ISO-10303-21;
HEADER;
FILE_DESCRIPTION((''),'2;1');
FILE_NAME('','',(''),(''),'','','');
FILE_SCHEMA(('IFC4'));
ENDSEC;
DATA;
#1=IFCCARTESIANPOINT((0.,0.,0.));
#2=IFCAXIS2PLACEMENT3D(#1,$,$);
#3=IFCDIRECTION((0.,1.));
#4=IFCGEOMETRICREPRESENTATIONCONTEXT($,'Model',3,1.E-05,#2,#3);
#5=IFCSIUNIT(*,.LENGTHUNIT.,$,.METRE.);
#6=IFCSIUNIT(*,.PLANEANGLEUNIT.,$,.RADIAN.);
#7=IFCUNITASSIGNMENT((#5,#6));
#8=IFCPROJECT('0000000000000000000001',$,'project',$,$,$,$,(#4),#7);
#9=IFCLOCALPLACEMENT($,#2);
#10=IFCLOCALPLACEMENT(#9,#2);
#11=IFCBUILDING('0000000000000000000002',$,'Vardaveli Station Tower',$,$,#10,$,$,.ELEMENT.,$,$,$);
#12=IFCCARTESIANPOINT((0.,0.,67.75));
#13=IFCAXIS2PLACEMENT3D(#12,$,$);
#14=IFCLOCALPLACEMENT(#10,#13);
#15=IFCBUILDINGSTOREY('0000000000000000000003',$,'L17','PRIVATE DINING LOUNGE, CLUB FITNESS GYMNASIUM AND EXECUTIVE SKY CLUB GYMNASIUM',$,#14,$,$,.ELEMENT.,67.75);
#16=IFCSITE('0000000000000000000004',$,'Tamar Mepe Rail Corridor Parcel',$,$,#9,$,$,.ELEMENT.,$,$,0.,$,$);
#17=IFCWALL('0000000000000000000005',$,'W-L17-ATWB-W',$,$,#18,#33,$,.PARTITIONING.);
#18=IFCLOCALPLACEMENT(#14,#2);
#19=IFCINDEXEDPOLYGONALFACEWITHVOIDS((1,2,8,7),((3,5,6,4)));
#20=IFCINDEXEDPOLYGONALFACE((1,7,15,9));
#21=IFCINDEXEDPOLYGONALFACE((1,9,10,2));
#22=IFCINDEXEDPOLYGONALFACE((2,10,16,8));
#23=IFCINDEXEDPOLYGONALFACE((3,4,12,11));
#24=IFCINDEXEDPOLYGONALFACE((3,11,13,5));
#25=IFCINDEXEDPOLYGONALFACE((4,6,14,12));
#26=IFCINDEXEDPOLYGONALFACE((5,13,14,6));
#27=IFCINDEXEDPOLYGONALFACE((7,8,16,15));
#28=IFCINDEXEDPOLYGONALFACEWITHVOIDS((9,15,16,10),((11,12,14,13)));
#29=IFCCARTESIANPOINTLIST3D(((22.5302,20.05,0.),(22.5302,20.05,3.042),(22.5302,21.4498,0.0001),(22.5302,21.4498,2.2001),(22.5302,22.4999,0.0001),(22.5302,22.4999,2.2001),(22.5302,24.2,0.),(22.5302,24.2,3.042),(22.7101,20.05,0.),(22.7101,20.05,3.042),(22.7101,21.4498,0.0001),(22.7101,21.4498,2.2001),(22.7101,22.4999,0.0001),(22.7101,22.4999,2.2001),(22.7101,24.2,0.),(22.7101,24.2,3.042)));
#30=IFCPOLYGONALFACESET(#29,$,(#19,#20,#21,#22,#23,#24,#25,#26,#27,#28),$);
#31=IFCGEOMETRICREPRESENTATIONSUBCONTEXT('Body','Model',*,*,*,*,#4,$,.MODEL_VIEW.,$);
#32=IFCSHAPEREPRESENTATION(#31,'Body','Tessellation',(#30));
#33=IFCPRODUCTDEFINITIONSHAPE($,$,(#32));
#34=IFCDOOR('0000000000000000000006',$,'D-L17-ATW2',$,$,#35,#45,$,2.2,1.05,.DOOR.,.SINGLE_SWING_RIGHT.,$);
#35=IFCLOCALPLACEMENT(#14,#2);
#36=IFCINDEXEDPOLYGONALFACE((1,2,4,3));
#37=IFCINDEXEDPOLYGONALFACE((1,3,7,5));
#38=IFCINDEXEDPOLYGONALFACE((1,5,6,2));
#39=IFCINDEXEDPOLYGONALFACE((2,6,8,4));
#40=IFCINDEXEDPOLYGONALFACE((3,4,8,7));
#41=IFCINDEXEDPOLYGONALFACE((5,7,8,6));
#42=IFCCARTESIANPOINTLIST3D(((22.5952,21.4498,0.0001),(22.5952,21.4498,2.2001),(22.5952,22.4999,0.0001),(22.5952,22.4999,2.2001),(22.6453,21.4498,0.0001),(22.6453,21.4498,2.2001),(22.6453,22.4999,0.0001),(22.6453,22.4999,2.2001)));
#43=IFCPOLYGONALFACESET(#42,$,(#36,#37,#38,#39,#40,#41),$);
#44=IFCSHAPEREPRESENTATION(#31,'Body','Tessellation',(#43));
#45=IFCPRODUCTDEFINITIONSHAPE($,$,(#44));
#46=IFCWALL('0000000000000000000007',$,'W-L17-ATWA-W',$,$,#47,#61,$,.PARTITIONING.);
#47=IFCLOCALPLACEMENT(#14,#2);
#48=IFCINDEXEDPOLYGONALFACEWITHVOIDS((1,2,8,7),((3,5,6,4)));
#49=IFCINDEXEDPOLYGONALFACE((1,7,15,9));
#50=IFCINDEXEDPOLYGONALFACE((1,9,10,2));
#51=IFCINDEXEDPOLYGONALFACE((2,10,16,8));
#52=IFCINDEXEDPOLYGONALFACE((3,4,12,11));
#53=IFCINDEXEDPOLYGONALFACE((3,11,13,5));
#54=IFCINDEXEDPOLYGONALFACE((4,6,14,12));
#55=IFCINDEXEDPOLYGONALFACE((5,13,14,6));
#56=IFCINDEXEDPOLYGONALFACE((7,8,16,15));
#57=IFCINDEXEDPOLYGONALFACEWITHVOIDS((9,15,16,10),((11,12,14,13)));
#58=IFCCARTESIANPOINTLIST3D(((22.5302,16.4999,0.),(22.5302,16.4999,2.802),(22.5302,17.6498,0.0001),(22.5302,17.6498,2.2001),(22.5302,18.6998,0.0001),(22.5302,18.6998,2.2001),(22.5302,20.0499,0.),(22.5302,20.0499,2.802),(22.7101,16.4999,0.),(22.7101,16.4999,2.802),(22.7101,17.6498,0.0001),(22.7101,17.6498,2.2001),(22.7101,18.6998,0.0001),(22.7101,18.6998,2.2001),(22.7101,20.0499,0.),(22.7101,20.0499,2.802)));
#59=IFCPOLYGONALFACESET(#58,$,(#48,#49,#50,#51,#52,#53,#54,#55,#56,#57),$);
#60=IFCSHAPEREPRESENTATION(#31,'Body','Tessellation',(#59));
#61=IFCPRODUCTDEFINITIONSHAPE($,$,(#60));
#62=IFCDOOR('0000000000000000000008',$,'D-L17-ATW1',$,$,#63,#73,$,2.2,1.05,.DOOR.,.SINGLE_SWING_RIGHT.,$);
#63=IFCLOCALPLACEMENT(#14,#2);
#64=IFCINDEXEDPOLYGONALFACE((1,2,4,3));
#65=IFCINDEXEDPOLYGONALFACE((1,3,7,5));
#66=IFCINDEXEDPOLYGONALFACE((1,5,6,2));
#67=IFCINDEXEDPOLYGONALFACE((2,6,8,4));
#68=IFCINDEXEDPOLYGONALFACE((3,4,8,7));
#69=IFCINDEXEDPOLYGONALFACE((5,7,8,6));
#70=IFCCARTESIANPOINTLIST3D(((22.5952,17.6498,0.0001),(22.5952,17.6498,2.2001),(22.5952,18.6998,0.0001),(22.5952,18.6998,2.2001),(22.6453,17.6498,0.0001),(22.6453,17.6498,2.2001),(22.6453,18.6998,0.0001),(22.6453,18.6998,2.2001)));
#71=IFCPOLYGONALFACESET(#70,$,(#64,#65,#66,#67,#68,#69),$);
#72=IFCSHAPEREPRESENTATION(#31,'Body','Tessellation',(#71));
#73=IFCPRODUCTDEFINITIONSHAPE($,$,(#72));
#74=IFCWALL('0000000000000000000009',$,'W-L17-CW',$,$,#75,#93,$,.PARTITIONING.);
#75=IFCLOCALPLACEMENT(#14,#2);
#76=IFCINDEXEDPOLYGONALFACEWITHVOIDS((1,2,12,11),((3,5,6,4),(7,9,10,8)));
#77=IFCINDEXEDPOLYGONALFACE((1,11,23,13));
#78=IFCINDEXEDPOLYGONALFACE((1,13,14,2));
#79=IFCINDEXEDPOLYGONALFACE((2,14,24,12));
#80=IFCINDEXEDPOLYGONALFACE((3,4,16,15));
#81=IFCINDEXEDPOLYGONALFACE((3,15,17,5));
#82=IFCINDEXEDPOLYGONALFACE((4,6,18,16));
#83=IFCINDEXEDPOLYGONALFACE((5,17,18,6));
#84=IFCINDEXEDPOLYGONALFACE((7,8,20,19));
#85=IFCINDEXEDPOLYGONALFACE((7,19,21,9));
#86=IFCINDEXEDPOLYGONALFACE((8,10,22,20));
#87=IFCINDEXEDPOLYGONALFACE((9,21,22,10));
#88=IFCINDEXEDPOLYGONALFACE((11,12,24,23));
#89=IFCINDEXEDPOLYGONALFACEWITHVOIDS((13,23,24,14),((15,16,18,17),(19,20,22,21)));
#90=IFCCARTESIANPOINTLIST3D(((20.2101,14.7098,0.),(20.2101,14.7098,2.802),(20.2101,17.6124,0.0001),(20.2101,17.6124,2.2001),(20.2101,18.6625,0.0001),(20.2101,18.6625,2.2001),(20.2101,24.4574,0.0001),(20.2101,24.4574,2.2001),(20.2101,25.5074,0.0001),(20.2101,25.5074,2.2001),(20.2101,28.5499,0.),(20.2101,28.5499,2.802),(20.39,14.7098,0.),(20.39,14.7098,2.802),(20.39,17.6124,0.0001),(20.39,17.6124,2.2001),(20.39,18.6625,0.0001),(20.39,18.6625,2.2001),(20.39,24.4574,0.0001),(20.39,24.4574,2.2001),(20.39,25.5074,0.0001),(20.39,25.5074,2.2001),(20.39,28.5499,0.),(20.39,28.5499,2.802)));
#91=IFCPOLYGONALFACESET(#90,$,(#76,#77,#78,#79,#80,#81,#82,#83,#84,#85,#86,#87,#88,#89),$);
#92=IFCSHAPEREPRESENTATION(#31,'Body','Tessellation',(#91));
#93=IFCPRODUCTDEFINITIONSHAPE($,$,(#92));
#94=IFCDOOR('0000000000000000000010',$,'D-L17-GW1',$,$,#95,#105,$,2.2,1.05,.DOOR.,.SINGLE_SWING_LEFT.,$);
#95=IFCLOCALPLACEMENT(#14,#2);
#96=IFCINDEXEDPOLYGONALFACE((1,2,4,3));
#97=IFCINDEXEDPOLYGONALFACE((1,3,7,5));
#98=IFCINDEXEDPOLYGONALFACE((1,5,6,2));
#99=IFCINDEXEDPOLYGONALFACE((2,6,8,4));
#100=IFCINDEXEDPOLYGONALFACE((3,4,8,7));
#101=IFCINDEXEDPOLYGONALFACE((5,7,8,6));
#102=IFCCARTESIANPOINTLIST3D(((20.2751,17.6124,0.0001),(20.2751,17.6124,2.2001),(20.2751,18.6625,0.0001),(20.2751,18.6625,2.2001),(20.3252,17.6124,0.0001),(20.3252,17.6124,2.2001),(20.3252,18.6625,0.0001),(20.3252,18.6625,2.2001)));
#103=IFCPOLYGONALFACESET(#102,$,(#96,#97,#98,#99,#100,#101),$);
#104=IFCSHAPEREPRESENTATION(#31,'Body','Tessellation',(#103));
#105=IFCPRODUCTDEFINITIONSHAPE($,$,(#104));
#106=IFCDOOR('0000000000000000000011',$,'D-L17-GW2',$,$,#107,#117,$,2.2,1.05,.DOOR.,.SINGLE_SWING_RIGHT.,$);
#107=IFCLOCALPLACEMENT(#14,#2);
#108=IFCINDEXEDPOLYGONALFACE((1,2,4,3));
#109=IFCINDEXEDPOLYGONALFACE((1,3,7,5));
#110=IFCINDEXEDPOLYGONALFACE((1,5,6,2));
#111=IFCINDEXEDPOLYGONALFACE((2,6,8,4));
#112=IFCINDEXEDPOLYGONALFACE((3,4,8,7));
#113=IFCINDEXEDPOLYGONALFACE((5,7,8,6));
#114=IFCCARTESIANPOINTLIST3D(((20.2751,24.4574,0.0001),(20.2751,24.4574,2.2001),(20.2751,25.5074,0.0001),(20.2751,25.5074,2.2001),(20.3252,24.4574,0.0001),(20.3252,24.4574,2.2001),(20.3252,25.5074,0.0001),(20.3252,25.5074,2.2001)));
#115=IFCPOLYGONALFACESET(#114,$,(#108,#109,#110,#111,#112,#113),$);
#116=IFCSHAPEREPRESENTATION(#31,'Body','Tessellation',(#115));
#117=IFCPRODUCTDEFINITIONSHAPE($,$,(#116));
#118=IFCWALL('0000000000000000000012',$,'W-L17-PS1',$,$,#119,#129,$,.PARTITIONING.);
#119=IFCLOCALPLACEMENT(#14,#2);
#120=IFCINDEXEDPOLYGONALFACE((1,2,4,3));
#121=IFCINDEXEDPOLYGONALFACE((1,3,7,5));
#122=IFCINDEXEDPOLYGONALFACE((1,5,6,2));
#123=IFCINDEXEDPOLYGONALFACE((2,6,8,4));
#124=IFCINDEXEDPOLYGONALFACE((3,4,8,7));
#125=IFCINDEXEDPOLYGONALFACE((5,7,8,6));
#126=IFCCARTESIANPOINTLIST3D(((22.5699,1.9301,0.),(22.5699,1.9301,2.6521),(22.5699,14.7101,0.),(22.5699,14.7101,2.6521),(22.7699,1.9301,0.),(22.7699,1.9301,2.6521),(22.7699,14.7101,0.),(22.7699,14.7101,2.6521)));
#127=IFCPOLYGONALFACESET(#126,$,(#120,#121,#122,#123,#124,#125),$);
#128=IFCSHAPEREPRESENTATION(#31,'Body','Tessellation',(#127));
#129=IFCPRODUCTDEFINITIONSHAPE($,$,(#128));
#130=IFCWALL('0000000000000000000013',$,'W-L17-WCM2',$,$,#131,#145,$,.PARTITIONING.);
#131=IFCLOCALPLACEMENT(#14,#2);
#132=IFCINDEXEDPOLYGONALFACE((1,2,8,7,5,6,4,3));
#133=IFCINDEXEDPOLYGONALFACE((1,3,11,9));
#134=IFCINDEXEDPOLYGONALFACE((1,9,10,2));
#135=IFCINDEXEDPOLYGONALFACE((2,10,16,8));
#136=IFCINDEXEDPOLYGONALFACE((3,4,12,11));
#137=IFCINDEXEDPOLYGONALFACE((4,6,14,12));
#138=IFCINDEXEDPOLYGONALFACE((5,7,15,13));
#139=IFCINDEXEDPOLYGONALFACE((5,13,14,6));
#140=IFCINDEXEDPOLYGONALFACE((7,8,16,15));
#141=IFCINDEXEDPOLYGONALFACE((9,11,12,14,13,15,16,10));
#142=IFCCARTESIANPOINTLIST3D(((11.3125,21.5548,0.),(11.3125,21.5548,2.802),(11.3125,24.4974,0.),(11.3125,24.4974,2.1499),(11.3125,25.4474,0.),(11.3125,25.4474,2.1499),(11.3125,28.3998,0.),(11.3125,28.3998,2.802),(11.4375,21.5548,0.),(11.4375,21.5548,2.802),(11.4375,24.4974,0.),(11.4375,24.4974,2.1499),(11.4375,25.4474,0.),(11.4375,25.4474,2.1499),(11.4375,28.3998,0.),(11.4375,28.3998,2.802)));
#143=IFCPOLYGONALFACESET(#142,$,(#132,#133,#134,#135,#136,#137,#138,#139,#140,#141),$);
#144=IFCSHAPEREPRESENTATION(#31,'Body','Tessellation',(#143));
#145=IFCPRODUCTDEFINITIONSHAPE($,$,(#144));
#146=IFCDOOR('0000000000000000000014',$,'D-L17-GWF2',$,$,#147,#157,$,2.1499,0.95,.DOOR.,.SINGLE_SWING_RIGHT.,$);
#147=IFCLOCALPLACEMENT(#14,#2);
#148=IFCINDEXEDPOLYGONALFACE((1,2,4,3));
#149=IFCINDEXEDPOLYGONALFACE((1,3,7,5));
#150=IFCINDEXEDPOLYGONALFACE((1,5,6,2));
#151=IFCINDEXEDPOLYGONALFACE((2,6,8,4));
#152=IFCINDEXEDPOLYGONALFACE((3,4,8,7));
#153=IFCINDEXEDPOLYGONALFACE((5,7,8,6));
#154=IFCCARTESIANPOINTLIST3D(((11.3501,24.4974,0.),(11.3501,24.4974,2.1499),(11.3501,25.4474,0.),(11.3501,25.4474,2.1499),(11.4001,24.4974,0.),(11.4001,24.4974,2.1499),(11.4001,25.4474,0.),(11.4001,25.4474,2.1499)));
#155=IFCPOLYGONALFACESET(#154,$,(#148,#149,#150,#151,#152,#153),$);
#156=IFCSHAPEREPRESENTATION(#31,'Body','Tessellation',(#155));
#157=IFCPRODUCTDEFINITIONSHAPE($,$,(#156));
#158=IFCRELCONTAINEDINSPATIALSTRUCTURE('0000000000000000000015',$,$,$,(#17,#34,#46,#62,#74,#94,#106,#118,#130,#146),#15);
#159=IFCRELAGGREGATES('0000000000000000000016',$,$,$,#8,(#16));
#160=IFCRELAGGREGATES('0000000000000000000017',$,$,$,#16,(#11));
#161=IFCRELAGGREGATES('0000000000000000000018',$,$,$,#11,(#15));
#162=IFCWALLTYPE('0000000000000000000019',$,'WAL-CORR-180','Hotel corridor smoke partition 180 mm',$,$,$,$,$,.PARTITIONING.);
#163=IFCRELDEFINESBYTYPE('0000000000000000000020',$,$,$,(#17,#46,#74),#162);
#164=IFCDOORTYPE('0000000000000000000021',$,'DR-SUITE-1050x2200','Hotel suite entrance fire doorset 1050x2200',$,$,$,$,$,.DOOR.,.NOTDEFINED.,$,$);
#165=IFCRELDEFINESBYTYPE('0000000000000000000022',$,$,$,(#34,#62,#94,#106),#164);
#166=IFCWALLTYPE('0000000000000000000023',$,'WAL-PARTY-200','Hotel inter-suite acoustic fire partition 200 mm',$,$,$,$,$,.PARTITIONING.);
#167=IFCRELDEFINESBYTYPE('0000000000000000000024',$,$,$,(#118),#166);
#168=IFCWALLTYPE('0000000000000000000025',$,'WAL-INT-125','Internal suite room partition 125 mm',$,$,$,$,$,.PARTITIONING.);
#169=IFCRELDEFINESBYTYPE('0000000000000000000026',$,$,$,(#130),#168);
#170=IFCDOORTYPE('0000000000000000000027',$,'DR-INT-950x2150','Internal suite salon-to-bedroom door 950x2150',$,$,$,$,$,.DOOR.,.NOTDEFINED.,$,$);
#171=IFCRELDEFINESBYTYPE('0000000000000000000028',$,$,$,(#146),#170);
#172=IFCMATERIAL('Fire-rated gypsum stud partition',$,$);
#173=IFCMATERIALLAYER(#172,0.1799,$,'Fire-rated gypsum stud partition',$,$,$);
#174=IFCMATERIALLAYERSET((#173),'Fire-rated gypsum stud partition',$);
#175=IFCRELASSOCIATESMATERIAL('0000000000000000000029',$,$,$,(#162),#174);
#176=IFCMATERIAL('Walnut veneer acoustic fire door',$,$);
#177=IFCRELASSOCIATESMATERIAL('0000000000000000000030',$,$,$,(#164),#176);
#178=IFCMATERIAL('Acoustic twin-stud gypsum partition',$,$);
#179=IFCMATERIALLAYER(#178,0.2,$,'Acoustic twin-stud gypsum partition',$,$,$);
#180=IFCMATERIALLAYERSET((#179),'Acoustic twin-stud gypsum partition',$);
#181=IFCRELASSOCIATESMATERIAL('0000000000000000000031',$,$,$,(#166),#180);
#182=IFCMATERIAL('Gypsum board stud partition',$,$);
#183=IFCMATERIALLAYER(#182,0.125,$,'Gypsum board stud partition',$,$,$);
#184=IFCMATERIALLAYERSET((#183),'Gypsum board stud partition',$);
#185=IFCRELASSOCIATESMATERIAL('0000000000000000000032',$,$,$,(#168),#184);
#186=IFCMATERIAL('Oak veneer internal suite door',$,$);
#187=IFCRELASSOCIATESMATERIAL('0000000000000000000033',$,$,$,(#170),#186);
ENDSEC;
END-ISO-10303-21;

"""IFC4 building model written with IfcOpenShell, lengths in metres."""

from ifc_helpers import new_model, si_unit, direction, frame, frame_2d, origin, place, context, subcontext, project, spatial, rectangle, extrude, source, transform, mapped, material, layer, layer_set, type_object, element, fill, save


model = new_model("IFC4")

# Units and contexts
model_context = context("Model", 3, precision=1e-05, world=origin(), true_north=direction((0.0, 1.0)))
body_context = subcontext(model_context, "Body", "Model", "MODEL_VIEW")
ifc_project = project(units=[si_unit("LENGTHUNIT", "METRE"), si_unit("PLANEANGLEUNIT", "RADIAN")], contexts=[model_context])

# Site, building, storey
site_placement = place(None, origin())
site = spatial("IfcSite", under=ifc_project, at=site_placement, Name="Tamar Mepe Rail Corridor Parcel", CompositionType="ELEMENT", RefElevation=0.0)
building_placement = place(site_placement, origin())
building = spatial("IfcBuilding", under=site, at=building_placement, Name="Vardaveli Station Tower", CompositionType="ELEMENT")
storey_placement = place(building_placement, frame((0.0, 0.0, 67.75)))
storey = spatial("IfcBuildingStorey", under=building, at=storey_placement, Name="L17", Description="PRIVATE DINING LOUNGE, CLUB FITNESS GYMNASIUM AND EXECUTIVE SKY CLUB GYMNASIUM", CompositionType="ELEMENT", Elevation=67.75)

# Walls, openings, doors
ifc_material_1 = material(Name="Fire-rated gypsum stud partition")
ifc_layer_1 = layer(ifc_material_1, 0.1799, Name="Fire-rated gypsum stud partition")
ifc_layer_set_1 = layer_set([ifc_layer_1], Name="Fire-rated gypsum stud partition")
wall_type_1 = type_object("IfcWallType", Name="WAL-CORR-180", Description="Hotel corridor smoke partition 180 mm", PredefinedType="PARTITIONING", material=ifc_layer_set_1)
shared_shape_1 = source(origin(), body_context, "Body", "SweptSolid", [
    extrude(rectangle(XDim=4.1499, YDim=0.1799, at=frame_2d((2.075, 0.0))), origin(), (0.0, 0.0, 1.0), 3.042),
])
wall_1_placement = place(storey_placement, frame((22.6201, 20.05, 0.0), z_axis=(0.0, 0.0, 1.0), x_axis=(0.0, 1.0, 0.0)))
wall_1 = element("IfcWall", 1, at=wall_1_placement, inside=storey, type_object=wall_type_1, Name="W-L17-ATWB-W", PredefinedType="PARTITIONING", context=body_context, shape_type="MappedRepresentation", body=[
    mapped(shared_shape_1, transform((0.0, 0.0, 0.0), scale=1.0)),
])
shared_shape_2 = source(origin(), body_context, "Body", "SweptSolid", [
    extrude(rectangle(XDim=1.05, YDim=2.2, at=frame_2d((0.5249, 1.1001))), frame((0.0, 0.1001, 0.0), z_axis=(0.0, -1.0, 0.0), x_axis=(1.0, 0.0, 0.0)), (0.0, 0.0, 1.0), 0.2),
])
opening_1_placement = place(wall_1_placement, frame((1.3999, 0.0, 0.0)))
opening_1 = element("IfcOpeningElement", 2, at=opening_1_placement, cuts=wall_1, PredefinedType="OPENING", context=body_context, shape_type="MappedRepresentation", body=[
    mapped(shared_shape_2, transform((0.0, 0.0, 0.0), scale=1.0)),
])
ifc_material_2 = material(Name="Walnut veneer acoustic fire door")
door_type_1 = type_object("IfcDoorType", Name="DR-SUITE-1050x2200", Description="Hotel suite entrance fire doorset 1050x2200", OperationType="NOTDEFINED", PredefinedType="DOOR", material=ifc_material_2)
shared_shape_3 = source(origin(), body_context, "Body", "SweptSolid", [
    extrude(rectangle(XDim=1.05, YDim=2.2, at=frame_2d((0.5249, 1.1001))), frame((0.0, 0.0249, 0.0), z_axis=(0.0, -1.0, 0.0), x_axis=(1.0, 0.0, 0.0)), (0.0, 0.0, 1.0), 0.05),
])
door_1_placement = place(opening_1_placement, origin())
door_1 = element("IfcDoor", 3, at=door_1_placement, inside=storey, type_object=door_type_1, Name="D-L17-ATW2", OperationType="SINGLE_SWING_RIGHT", OverallHeight=2.2, OverallWidth=1.05, PredefinedType="DOOR", context=body_context, shape_type="MappedRepresentation", body=[
    mapped(shared_shape_3, transform((0.0, 0.0, 0.0), scale=1.0)),
])
fill(opening_1, door_1)
shared_shape_4 = source(origin(), body_context, "Body", "SweptSolid", [
    extrude(rectangle(XDim=3.55, YDim=0.1799, at=frame_2d((1.7749, 0.0))), origin(), (0.0, 0.0, 1.0), 2.802),
])
wall_2_placement = place(storey_placement, frame((22.6201, 16.5, 0.0), z_axis=(0.0, 0.0, 1.0), x_axis=(0.0, 1.0, 0.0)))
wall_2 = element("IfcWall", 4, at=wall_2_placement, inside=storey, type_object=wall_type_1, Name="W-L17-ATWA-W", PredefinedType="PARTITIONING", context=body_context, shape_type="MappedRepresentation", body=[
    mapped(shared_shape_4, transform((0.0, 0.0, 0.0), scale=1.0)),
])
opening_2_placement = place(wall_2_placement, frame((1.1499, 0.0, 0.0)))
opening_2 = element("IfcOpeningElement", 5, at=opening_2_placement, cuts=wall_2, PredefinedType="OPENING", context=body_context, shape_type="MappedRepresentation", body=[
    mapped(shared_shape_2, transform((0.0, 0.0, 0.0), scale=1.0)),
])
door_2_placement = place(opening_2_placement, origin())
door_2 = element("IfcDoor", 6, at=door_2_placement, inside=storey, type_object=door_type_1, Name="D-L17-ATW1", OperationType="SINGLE_SWING_RIGHT", OverallHeight=2.2, OverallWidth=1.05, PredefinedType="DOOR", context=body_context, shape_type="MappedRepresentation", body=[
    mapped(shared_shape_3, transform((0.0, 0.0, 0.0), scale=1.0)),
])
fill(opening_2, door_2)

# Wall, openings, doors
shared_shape_5 = source(origin(), body_context, "Body", "SweptSolid", [
    extrude(rectangle(XDim=13.8401, YDim=0.1799, at=frame_2d((6.9199, 0.0))), origin(), (0.0, 0.0, 1.0), 2.802),
])
wall_3_placement = place(storey_placement, frame((20.3, 14.71, 0.0), z_axis=(0.0, 0.0, 1.0), x_axis=(0.0, 1.0, 0.0)))
wall_3 = element("IfcWall", 7, at=wall_3_placement, inside=storey, type_object=wall_type_1, Name="W-L17-CW", PredefinedType="PARTITIONING", context=body_context, shape_type="MappedRepresentation", body=[
    mapped(shared_shape_5, transform((0.0, 0.0, 0.0), scale=1.0)),
])
opening_3_placement = place(wall_3_placement, frame((2.9026, 0.0, 0.0)))
opening_3 = element("IfcOpeningElement", 8, at=opening_3_placement, cuts=wall_3, PredefinedType="OPENING", context=body_context, shape_type="MappedRepresentation", body=[
    mapped(shared_shape_2, transform((0.0, 0.0, 0.0), scale=1.0)),
])
opening_4_placement = place(wall_3_placement, frame((9.7476, 0.0, 0.0)))
opening_4 = element("IfcOpeningElement", 9, at=opening_4_placement, cuts=wall_3, PredefinedType="OPENING", context=body_context, shape_type="MappedRepresentation", body=[
    mapped(shared_shape_2, transform((0.0, 0.0, 0.0), scale=1.0)),
])
door_3_placement = place(opening_3_placement, origin())
door_3 = element("IfcDoor", 10, at=door_3_placement, inside=storey, type_object=door_type_1, Name="D-L17-GW1", OperationType="SINGLE_SWING_LEFT", OverallHeight=2.2, OverallWidth=1.05, PredefinedType="DOOR", context=body_context, shape_type="MappedRepresentation", body=[
    mapped(shared_shape_3, transform((0.0, 0.0, 0.0), scale=1.0)),
])
fill(opening_3, door_3)
door_4_placement = place(opening_4_placement, origin())
door_4 = element("IfcDoor", 11, at=door_4_placement, inside=storey, type_object=door_type_1, Name="D-L17-GW2", OperationType="SINGLE_SWING_RIGHT", OverallHeight=2.2, OverallWidth=1.05, PredefinedType="DOOR", context=body_context, shape_type="MappedRepresentation", body=[
    mapped(shared_shape_3, transform((0.0, 0.0, 0.0), scale=1.0)),
])
fill(opening_4, door_4)

# Wall
ifc_material_3 = material(Name="Acoustic twin-stud gypsum partition")
ifc_layer_2 = layer(ifc_material_3, 0.2, Name="Acoustic twin-stud gypsum partition")
ifc_layer_set_2 = layer_set([ifc_layer_2], Name="Acoustic twin-stud gypsum partition")
wall_type_2 = type_object("IfcWallType", Name="WAL-PARTY-200", Description="Hotel inter-suite acoustic fire partition 200 mm", PredefinedType="PARTITIONING", material=ifc_layer_set_2)
shared_shape_6 = source(origin(), body_context, "Body", "SweptSolid", [
    extrude(rectangle(XDim=12.78, YDim=0.2, at=frame_2d((6.3901, 0.0))), origin(), (0.0, 0.0, 1.0), 2.6521),
])
wall_4_placement = place(storey_placement, frame((22.6699, 1.9299, 0.0), z_axis=(0.0, 0.0, 1.0), x_axis=(0.0, 1.0, 0.0)))
element("IfcWall", 12, at=wall_4_placement, inside=storey, type_object=wall_type_2, Name="W-L17-PS1", PredefinedType="PARTITIONING", context=body_context, shape_type="MappedRepresentation", body=[
    mapped(shared_shape_6, transform((0.0, 0.0, 0.0), scale=1.0)),
])

# Wall, opening, door
ifc_material_4 = material(Name="Gypsum board stud partition")
ifc_layer_3 = layer(ifc_material_4, 0.125, Name="Gypsum board stud partition")
ifc_layer_set_3 = layer_set([ifc_layer_3], Name="Gypsum board stud partition")
wall_type_3 = type_object("IfcWallType", Name="WAL-INT-125", Description="Internal suite room partition 125 mm", PredefinedType="PARTITIONING", material=ifc_layer_set_3)
shared_shape_7 = source(origin(), body_context, "Body", "SweptSolid", [
    extrude(rectangle(XDim=6.845, YDim=0.125, at=frame_2d((3.4224, 0.0))), origin(), (0.0, 0.0, 1.0), 2.802),
])
wall_5_placement = place(storey_placement, frame((11.375, 21.5549, 0.0), z_axis=(0.0, 0.0, 1.0), x_axis=(0.0, 1.0, 0.0)))
wall_5 = element("IfcWall", 13, at=wall_5_placement, inside=storey, type_object=wall_type_3, Name="W-L17-WCM2", PredefinedType="PARTITIONING", context=body_context, shape_type="MappedRepresentation", body=[
    mapped(shared_shape_7, transform((0.0, 0.0, 0.0), scale=1.0)),
])
shared_shape_8 = source(origin(), body_context, "Body", "SweptSolid", [
    extrude(rectangle(XDim=0.95, YDim=2.1499, at=frame_2d((0.4751, 1.075))), frame((0.0, 0.0725, 0.0), z_axis=(0.0, -1.0, 0.0), x_axis=(1.0, 0.0, 0.0)), (0.0, 0.0, 1.0), 0.145),
])
opening_5_placement = place(wall_5_placement, frame((2.9424, 0.0, 0.0)))
opening_5 = element("IfcOpeningElement", 14, at=opening_5_placement, cuts=wall_5, PredefinedType="OPENING", context=body_context, shape_type="MappedRepresentation", body=[
    mapped(shared_shape_8, transform((0.0, 0.0, 0.0), scale=1.0)),
])
ifc_material_5 = material(Name="Oak veneer internal suite door")
door_type_2 = type_object("IfcDoorType", Name="DR-INT-950x2150", Description="Internal suite salon-to-bedroom door 950x2150", OperationType="NOTDEFINED", PredefinedType="DOOR", material=ifc_material_5)
shared_shape_9 = source(origin(), body_context, "Body", "SweptSolid", [
    extrude(rectangle(XDim=0.95, YDim=2.1499, at=frame_2d((0.4751, 1.075))), frame((0.0, 0.0249, 0.0), z_axis=(0.0, -1.0, 0.0), x_axis=(1.0, 0.0, 0.0)), (0.0, 0.0, 1.0), 0.05),
])
door_5_placement = place(opening_5_placement, origin())
door_5 = element("IfcDoor", 15, at=door_5_placement, inside=storey, type_object=door_type_2, Name="D-L17-GWF2", OperationType="SINGLE_SWING_RIGHT", OverallHeight=2.1499, OverallWidth=0.95, PredefinedType="DOOR", context=body_context, shape_type="MappedRepresentation", body=[
    mapped(shared_shape_9, transform((0.0, 0.0, 0.0), scale=1.0)),
])
fill(opening_5, door_5)

save(model, "model.ifc")
